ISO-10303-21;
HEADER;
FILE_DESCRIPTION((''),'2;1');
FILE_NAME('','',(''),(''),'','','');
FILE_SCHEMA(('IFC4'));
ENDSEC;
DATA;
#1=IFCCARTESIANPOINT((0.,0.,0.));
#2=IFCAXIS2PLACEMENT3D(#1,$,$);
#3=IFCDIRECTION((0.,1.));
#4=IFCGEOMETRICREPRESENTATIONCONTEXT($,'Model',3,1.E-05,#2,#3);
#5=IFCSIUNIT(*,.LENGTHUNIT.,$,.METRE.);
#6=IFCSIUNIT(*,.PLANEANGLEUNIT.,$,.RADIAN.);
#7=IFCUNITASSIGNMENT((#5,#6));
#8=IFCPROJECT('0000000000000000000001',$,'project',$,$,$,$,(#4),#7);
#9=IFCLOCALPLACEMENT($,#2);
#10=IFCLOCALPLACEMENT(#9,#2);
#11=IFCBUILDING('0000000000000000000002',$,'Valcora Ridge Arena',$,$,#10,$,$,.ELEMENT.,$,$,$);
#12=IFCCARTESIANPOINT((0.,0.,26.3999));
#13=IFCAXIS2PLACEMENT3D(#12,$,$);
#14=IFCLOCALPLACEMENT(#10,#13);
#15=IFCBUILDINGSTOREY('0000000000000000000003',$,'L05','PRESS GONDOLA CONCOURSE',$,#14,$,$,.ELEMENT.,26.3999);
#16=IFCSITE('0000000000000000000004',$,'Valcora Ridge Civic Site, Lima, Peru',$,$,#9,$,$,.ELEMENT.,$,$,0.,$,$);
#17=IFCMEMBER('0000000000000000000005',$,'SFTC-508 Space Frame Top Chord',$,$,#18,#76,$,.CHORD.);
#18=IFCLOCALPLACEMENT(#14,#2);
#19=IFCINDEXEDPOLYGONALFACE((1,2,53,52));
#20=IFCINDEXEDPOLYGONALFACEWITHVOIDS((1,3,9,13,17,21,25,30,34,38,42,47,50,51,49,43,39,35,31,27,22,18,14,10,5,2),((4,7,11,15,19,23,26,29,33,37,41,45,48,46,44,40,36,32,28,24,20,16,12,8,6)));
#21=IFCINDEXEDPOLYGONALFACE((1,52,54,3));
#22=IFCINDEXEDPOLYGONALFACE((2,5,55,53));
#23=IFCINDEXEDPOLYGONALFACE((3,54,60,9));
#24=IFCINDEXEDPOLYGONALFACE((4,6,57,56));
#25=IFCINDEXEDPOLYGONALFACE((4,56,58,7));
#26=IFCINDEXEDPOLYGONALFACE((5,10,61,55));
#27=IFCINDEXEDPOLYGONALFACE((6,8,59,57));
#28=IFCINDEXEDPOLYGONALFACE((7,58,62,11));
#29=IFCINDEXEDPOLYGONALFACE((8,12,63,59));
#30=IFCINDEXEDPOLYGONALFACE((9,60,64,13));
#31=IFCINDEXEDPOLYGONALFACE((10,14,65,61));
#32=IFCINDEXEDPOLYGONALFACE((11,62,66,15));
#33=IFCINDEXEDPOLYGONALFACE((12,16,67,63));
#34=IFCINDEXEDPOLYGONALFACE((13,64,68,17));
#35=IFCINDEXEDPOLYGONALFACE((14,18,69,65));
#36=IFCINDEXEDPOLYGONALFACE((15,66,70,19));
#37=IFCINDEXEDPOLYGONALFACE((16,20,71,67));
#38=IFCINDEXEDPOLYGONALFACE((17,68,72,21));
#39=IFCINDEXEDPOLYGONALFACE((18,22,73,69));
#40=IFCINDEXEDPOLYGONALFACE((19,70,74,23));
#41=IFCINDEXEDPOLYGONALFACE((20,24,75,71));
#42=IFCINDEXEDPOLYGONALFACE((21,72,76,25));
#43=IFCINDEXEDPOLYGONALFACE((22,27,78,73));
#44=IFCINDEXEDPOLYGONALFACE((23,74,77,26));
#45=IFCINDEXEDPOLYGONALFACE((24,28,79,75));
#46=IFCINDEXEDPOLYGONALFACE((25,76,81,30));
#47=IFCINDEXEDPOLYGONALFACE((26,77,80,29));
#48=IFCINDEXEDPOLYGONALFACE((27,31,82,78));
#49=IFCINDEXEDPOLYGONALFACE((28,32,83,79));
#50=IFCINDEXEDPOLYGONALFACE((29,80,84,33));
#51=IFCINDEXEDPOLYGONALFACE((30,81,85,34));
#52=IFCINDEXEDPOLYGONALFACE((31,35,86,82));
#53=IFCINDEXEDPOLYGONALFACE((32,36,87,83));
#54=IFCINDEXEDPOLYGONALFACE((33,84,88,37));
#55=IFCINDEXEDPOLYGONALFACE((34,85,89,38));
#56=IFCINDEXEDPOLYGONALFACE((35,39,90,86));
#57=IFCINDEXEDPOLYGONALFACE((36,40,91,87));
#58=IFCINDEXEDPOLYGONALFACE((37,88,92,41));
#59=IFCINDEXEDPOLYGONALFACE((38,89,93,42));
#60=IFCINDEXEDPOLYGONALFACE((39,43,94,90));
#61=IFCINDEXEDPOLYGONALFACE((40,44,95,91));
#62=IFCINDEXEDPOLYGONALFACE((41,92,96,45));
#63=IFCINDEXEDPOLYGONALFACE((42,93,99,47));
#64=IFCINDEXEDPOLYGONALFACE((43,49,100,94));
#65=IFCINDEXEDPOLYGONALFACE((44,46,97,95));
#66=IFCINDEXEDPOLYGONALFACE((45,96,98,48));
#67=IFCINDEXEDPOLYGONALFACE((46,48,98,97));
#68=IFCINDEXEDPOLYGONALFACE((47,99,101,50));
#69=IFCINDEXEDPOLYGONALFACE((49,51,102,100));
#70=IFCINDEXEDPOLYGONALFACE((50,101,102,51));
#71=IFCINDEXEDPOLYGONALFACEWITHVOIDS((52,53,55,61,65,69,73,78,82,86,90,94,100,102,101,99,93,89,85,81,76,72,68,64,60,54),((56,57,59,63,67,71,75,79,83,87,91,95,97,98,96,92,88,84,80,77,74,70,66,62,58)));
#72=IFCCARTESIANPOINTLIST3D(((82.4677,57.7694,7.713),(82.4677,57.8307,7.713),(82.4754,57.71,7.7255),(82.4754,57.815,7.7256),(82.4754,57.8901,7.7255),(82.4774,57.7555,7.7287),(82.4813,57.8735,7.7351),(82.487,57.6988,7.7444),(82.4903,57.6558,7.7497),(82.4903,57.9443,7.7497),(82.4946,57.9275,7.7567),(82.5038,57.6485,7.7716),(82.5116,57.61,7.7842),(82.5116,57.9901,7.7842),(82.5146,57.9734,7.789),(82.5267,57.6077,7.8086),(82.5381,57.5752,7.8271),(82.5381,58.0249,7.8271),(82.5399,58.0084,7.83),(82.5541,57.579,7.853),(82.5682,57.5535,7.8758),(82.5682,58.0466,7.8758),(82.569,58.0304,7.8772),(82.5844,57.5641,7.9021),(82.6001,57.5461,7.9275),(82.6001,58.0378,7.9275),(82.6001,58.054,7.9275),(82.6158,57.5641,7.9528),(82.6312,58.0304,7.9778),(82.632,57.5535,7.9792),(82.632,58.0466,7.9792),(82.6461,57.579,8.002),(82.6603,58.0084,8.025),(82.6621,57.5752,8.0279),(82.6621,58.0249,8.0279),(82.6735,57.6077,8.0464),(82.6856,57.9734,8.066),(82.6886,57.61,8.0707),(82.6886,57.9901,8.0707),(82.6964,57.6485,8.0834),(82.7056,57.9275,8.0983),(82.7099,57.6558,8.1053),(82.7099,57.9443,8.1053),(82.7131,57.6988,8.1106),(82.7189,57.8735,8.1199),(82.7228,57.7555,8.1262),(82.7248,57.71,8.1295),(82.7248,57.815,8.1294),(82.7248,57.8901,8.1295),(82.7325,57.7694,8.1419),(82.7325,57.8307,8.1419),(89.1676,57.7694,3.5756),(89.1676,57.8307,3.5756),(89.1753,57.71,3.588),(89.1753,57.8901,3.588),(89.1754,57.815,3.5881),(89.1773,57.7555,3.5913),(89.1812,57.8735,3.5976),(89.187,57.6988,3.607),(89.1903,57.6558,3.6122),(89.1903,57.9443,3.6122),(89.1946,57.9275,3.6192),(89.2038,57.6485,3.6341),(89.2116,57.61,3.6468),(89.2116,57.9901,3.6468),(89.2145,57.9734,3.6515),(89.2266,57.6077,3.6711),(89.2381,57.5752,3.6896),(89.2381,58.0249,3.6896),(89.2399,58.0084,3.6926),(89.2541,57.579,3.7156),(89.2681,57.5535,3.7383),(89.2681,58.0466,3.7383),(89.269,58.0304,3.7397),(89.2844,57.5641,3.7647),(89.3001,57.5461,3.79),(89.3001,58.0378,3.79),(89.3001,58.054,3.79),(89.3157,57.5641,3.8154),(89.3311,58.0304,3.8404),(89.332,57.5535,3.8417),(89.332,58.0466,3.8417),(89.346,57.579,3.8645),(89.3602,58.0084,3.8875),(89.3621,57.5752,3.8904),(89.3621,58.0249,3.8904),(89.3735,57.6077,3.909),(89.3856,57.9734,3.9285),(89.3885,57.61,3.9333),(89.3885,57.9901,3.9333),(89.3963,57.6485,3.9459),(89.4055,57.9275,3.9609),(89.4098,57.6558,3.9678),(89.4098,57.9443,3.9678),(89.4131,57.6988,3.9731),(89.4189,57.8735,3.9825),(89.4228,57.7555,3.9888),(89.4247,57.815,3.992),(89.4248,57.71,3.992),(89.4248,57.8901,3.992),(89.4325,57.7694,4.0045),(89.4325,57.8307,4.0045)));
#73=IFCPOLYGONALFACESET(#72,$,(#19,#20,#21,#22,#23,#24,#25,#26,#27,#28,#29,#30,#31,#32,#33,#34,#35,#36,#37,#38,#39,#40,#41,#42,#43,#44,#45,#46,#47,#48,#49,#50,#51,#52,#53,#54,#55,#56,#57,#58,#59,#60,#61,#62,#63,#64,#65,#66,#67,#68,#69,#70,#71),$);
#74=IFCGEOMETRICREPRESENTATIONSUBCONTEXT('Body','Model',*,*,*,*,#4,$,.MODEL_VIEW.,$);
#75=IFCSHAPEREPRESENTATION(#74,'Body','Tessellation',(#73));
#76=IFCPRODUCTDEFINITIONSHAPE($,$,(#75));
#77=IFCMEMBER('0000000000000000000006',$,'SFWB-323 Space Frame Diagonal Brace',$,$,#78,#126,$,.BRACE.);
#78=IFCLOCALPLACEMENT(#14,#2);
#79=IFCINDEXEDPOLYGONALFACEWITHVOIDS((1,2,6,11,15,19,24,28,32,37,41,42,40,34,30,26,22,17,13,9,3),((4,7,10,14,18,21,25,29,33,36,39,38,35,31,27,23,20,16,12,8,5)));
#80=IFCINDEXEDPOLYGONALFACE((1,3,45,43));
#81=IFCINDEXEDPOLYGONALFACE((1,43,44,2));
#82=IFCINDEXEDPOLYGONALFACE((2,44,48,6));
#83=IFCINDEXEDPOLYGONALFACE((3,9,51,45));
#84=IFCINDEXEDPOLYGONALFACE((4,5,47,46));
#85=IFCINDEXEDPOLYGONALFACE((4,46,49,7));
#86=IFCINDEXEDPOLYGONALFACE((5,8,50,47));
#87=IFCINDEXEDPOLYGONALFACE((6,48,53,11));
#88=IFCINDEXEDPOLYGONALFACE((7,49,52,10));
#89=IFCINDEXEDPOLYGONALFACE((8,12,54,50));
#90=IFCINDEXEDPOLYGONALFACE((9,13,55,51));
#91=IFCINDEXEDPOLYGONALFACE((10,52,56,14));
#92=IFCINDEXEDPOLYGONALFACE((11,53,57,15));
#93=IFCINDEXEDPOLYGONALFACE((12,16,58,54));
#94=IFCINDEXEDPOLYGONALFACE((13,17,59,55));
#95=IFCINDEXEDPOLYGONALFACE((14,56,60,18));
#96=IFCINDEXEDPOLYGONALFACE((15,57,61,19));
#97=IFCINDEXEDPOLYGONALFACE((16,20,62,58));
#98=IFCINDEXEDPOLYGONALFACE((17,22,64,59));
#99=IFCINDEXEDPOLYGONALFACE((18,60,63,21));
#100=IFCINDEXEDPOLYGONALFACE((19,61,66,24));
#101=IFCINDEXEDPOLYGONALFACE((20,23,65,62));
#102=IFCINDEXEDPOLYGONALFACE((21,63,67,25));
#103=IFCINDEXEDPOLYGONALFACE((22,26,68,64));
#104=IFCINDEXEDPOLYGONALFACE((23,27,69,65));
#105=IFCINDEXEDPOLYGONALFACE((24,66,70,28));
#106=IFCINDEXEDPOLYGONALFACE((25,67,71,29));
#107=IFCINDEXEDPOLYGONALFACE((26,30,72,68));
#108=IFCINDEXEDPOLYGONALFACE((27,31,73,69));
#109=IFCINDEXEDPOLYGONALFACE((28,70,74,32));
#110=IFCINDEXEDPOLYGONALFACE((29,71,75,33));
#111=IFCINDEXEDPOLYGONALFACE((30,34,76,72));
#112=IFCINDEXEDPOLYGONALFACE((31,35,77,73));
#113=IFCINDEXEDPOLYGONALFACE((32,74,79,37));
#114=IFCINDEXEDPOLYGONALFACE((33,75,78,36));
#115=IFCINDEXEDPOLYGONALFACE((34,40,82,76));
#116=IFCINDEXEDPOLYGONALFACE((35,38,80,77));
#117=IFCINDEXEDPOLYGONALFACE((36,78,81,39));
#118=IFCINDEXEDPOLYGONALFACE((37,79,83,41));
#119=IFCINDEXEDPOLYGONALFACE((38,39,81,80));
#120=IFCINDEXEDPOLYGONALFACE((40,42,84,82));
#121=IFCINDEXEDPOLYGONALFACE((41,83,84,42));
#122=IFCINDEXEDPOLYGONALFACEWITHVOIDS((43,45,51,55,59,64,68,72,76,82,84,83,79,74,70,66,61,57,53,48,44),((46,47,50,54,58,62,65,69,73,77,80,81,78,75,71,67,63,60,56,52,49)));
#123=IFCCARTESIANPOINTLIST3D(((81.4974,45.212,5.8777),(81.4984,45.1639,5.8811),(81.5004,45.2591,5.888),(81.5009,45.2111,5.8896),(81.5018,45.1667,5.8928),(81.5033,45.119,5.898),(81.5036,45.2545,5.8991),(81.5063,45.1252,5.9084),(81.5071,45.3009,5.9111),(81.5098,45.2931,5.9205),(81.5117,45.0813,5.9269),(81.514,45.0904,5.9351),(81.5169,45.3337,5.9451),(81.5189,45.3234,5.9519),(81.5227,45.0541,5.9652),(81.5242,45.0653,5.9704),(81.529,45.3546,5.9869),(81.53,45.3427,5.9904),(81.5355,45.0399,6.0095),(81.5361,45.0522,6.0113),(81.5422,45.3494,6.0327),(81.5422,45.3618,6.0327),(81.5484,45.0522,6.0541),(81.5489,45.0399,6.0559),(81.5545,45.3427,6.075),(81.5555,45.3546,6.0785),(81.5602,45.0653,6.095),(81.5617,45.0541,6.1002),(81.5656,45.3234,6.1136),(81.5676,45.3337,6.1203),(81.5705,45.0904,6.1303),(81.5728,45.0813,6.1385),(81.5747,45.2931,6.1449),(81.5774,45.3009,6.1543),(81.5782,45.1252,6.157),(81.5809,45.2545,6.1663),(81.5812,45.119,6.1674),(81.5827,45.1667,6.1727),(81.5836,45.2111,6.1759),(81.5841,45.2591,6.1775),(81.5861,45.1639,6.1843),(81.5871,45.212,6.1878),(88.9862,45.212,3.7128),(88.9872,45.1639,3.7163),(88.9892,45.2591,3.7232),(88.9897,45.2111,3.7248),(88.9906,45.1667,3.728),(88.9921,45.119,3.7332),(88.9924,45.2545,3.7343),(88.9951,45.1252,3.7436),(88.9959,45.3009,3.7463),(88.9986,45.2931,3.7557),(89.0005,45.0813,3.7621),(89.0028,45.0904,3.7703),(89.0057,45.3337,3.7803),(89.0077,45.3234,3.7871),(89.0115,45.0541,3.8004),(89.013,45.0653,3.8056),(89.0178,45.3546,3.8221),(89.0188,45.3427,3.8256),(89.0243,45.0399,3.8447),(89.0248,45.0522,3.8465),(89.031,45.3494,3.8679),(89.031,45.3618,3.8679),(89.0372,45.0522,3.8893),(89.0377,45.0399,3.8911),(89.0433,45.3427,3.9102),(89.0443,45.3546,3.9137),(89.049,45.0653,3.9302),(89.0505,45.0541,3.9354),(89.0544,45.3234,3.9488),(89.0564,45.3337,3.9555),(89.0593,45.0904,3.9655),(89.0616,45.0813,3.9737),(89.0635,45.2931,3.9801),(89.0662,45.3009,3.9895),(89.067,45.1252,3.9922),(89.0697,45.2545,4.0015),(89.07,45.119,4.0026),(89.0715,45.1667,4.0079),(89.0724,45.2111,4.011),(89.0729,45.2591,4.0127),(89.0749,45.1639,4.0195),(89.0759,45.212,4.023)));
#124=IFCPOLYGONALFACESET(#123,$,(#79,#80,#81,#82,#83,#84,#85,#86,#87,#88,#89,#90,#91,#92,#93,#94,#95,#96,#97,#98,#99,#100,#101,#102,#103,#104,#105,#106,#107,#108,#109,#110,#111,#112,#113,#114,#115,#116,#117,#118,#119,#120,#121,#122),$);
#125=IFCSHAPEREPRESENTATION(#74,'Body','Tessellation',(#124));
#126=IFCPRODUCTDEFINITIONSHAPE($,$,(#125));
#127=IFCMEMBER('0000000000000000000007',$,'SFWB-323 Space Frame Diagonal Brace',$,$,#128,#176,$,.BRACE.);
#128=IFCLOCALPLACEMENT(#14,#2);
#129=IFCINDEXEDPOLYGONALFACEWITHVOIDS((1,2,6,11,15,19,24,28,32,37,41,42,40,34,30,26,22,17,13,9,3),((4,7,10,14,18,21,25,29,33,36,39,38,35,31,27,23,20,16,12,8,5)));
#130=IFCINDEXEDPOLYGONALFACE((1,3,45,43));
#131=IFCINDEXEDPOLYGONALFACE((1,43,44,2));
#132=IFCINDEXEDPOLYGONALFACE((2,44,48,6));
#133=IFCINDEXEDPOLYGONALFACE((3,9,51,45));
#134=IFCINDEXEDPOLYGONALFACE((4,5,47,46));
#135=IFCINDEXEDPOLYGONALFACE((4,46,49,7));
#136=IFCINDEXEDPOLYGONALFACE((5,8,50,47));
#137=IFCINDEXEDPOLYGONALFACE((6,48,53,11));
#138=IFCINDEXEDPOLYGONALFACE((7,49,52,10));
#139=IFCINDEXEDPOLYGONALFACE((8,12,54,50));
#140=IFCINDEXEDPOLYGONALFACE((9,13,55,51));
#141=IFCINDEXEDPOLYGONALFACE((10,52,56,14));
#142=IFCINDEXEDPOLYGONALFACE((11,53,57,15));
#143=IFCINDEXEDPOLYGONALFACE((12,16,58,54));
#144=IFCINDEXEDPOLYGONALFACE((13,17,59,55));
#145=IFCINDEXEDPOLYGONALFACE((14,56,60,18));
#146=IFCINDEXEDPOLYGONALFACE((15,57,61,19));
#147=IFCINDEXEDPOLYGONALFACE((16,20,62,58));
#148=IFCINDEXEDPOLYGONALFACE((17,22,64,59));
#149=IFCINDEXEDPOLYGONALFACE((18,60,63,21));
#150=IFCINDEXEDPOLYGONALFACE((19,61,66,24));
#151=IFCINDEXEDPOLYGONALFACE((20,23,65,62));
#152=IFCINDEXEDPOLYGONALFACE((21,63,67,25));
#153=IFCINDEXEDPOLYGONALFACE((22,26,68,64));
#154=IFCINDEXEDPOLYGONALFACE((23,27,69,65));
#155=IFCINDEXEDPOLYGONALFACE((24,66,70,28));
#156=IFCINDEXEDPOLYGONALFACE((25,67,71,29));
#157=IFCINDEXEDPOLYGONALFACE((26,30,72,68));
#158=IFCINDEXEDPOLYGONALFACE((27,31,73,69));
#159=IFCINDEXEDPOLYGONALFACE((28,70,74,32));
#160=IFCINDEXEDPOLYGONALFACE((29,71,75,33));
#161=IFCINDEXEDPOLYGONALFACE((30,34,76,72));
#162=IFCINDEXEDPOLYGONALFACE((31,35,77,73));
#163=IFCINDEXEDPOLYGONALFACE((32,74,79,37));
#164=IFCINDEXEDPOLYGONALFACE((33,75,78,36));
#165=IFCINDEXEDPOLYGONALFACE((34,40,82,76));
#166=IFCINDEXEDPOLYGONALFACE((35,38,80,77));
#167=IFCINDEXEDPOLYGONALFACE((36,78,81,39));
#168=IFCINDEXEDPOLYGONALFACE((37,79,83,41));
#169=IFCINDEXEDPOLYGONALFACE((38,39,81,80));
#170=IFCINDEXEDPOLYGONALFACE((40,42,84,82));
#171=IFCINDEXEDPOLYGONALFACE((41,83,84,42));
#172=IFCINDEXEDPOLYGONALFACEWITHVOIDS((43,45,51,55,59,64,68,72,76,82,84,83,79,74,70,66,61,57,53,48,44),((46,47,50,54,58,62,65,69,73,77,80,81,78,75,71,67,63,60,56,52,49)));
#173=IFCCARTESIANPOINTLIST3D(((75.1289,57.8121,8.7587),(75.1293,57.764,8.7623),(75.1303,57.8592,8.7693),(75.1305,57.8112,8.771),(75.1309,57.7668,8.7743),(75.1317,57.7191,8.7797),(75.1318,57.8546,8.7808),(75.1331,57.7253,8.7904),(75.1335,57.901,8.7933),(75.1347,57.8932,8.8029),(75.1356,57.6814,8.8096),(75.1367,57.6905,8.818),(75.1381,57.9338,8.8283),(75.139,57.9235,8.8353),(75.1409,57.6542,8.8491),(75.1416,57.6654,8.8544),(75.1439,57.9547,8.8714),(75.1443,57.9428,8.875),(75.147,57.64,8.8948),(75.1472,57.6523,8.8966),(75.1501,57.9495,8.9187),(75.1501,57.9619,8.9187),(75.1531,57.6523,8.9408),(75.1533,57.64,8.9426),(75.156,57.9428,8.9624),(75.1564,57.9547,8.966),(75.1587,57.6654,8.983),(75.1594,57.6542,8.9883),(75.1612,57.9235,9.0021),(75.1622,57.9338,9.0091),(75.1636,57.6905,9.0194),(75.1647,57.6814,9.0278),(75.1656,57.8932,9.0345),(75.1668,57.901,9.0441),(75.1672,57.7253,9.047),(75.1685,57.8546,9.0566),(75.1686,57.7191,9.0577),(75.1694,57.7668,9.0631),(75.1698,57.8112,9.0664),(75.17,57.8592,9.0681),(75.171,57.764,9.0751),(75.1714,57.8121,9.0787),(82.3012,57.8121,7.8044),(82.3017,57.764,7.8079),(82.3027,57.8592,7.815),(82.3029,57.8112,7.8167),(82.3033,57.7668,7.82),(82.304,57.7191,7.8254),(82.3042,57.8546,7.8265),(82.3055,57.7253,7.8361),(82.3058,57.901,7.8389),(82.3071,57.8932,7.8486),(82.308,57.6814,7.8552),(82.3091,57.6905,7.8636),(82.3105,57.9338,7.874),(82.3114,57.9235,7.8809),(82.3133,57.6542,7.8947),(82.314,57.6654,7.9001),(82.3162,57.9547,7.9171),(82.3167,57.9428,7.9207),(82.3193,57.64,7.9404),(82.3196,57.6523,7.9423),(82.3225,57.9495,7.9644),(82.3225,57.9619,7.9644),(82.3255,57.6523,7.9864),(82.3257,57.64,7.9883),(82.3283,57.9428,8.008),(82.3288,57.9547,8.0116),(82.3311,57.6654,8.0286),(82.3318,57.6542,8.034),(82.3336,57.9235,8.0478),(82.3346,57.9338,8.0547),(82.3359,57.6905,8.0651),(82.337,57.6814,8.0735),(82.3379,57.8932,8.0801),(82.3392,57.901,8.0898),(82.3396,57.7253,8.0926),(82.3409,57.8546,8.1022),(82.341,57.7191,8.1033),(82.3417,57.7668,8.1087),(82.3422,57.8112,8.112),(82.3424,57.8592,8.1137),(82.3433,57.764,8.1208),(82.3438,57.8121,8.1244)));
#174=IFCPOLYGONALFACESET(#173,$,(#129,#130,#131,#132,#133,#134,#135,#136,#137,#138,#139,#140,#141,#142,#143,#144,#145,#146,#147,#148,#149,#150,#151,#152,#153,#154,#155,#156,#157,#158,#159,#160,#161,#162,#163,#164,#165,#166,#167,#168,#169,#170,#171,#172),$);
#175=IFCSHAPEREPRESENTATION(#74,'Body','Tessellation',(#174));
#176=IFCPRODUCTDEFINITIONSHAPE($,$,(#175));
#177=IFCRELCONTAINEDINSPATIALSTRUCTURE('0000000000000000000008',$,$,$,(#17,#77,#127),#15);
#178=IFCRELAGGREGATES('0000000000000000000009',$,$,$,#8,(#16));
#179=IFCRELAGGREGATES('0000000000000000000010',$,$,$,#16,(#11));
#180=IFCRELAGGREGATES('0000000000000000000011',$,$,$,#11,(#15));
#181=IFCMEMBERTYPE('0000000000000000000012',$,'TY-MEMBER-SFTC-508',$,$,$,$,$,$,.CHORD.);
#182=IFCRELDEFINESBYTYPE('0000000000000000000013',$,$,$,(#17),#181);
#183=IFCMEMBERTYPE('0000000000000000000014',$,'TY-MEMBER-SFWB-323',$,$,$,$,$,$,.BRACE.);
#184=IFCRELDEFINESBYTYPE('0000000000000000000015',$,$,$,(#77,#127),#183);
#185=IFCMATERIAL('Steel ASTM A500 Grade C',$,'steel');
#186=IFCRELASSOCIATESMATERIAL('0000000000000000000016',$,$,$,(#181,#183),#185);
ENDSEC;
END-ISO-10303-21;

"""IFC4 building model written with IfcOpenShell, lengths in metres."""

from ifc_helpers import new_model, si_unit, direction, frame, origin, origin_2d, place, context, subcontext, project, spatial, hollow_circle, extrude, material, material_profile, profile_set, type_object, element, save


model = new_model("IFC4")

# Units and contexts
model_context = context("Model", 3, precision=1e-05, world=origin(), true_north=direction((0.0, 1.0)))
body_context = subcontext(model_context, "Body", "Model", "MODEL_VIEW")
ifc_project = project(units=[si_unit("LENGTHUNIT", "METRE"), si_unit("PLANEANGLEUNIT", "RADIAN")], contexts=[model_context])

# Site, building, storey
site_placement = place(None, origin())
site = spatial("IfcSite", under=ifc_project, at=site_placement, Name="Valcora Ridge Civic Site, Lima, Peru", CompositionType="ELEMENT", RefElevation=0.0)
building_placement = place(site_placement, origin())
building = spatial("IfcBuilding", under=site, at=building_placement, Name="Valcora Ridge Arena", CompositionType="ELEMENT")
storey_placement = place(building_placement, frame((0.0, 0.0, 26.3999)))
storey = spatial("IfcBuildingStorey", under=building, at=storey_placement, Name="L05", Description="PRESS GONDOLA CONCOURSE", CompositionType="ELEMENT", Elevation=26.3999)

# Members
ifc_material_1 = material(Name="Steel ASTM A500 Grade C", Category="steel")
ifc_material_profile_1 = material_profile(ifc_material_1, hollow_circle(Radius=0.2539, WallThickness=0.0161, at=origin_2d()), Name="CHS508X16")
ifc_profile_set_1 = profile_set([ifc_material_profile_1], Name="Steel ASTM A500 Grade C")
member_type_1 = type_object("IfcMemberType", Name="TY-MEMBER-SFTC-508", PredefinedType="CHORD", material=ifc_profile_set_1)
member_1_placement = place(storey_placement, frame((82.6001, 57.8, 7.9275), z_axis=(0.850841, 0.0, -0.525424), x_axis=(0.0, 1.0, 0.0)))
element("IfcMember", 1, at=member_1_placement, inside=storey, type_object=member_type_1, Name="SFTC-508 Space Frame Top Chord", PredefinedType="CHORD", context=body_context, shape_type="SweptSolid", body=[
    extrude(hollow_circle(Radius=0.2539, WallThickness=0.0161, at=origin_2d()), origin(), (0.0, 0.0, 1.0), 7.8745),
])
ifc_material_profile_2 = material_profile(ifc_material_1, hollow_circle(Radius=0.1619, WallThickness=0.0125, at=origin_2d()), Name="CHS323X12")
ifc_profile_set_2 = profile_set([ifc_material_profile_2], Name="Steel ASTM A500 Grade C")
member_type_2 = type_object("IfcMemberType", Name="TY-MEMBER-SFWB-323", PredefinedType="BRACE", material=ifc_profile_set_2)
member_2_placement = place(storey_placement, frame((81.5422, 45.2, 6.0327), z_axis=(0.960667, 0.0, -0.277702), x_axis=(0.0, 1.0, 0.0)))
element("IfcMember", 2, at=member_2_placement, inside=storey, type_object=member_type_2, Name="SFWB-323 Space Frame Diagonal Brace", PredefinedType="BRACE", context=body_context, shape_type="SweptSolid", body=[
    extrude(hollow_circle(Radius=0.1619, WallThickness=0.0125, at=origin_2d()), origin(), (0.0, 0.0, 1.0), 7.7954),
])
member_3_placement = place(storey_placement, frame((75.1501, 57.8, 8.9187), z_axis=(0.991264, 0.0, -0.131896), x_axis=(0.0, 1.0, 0.0)))
element("IfcMember", 3, at=member_3_placement, inside=storey, type_object=member_type_2, Name="SFWB-323 Space Frame Diagonal Brace", PredefinedType="BRACE", context=body_context, shape_type="SweptSolid", body=[
    extrude(hollow_circle(Radius=0.1619, WallThickness=0.0125, at=origin_2d()), origin(), (0.0, 0.0, 1.0), 7.2356),
])

save(model, "model.ifc")
